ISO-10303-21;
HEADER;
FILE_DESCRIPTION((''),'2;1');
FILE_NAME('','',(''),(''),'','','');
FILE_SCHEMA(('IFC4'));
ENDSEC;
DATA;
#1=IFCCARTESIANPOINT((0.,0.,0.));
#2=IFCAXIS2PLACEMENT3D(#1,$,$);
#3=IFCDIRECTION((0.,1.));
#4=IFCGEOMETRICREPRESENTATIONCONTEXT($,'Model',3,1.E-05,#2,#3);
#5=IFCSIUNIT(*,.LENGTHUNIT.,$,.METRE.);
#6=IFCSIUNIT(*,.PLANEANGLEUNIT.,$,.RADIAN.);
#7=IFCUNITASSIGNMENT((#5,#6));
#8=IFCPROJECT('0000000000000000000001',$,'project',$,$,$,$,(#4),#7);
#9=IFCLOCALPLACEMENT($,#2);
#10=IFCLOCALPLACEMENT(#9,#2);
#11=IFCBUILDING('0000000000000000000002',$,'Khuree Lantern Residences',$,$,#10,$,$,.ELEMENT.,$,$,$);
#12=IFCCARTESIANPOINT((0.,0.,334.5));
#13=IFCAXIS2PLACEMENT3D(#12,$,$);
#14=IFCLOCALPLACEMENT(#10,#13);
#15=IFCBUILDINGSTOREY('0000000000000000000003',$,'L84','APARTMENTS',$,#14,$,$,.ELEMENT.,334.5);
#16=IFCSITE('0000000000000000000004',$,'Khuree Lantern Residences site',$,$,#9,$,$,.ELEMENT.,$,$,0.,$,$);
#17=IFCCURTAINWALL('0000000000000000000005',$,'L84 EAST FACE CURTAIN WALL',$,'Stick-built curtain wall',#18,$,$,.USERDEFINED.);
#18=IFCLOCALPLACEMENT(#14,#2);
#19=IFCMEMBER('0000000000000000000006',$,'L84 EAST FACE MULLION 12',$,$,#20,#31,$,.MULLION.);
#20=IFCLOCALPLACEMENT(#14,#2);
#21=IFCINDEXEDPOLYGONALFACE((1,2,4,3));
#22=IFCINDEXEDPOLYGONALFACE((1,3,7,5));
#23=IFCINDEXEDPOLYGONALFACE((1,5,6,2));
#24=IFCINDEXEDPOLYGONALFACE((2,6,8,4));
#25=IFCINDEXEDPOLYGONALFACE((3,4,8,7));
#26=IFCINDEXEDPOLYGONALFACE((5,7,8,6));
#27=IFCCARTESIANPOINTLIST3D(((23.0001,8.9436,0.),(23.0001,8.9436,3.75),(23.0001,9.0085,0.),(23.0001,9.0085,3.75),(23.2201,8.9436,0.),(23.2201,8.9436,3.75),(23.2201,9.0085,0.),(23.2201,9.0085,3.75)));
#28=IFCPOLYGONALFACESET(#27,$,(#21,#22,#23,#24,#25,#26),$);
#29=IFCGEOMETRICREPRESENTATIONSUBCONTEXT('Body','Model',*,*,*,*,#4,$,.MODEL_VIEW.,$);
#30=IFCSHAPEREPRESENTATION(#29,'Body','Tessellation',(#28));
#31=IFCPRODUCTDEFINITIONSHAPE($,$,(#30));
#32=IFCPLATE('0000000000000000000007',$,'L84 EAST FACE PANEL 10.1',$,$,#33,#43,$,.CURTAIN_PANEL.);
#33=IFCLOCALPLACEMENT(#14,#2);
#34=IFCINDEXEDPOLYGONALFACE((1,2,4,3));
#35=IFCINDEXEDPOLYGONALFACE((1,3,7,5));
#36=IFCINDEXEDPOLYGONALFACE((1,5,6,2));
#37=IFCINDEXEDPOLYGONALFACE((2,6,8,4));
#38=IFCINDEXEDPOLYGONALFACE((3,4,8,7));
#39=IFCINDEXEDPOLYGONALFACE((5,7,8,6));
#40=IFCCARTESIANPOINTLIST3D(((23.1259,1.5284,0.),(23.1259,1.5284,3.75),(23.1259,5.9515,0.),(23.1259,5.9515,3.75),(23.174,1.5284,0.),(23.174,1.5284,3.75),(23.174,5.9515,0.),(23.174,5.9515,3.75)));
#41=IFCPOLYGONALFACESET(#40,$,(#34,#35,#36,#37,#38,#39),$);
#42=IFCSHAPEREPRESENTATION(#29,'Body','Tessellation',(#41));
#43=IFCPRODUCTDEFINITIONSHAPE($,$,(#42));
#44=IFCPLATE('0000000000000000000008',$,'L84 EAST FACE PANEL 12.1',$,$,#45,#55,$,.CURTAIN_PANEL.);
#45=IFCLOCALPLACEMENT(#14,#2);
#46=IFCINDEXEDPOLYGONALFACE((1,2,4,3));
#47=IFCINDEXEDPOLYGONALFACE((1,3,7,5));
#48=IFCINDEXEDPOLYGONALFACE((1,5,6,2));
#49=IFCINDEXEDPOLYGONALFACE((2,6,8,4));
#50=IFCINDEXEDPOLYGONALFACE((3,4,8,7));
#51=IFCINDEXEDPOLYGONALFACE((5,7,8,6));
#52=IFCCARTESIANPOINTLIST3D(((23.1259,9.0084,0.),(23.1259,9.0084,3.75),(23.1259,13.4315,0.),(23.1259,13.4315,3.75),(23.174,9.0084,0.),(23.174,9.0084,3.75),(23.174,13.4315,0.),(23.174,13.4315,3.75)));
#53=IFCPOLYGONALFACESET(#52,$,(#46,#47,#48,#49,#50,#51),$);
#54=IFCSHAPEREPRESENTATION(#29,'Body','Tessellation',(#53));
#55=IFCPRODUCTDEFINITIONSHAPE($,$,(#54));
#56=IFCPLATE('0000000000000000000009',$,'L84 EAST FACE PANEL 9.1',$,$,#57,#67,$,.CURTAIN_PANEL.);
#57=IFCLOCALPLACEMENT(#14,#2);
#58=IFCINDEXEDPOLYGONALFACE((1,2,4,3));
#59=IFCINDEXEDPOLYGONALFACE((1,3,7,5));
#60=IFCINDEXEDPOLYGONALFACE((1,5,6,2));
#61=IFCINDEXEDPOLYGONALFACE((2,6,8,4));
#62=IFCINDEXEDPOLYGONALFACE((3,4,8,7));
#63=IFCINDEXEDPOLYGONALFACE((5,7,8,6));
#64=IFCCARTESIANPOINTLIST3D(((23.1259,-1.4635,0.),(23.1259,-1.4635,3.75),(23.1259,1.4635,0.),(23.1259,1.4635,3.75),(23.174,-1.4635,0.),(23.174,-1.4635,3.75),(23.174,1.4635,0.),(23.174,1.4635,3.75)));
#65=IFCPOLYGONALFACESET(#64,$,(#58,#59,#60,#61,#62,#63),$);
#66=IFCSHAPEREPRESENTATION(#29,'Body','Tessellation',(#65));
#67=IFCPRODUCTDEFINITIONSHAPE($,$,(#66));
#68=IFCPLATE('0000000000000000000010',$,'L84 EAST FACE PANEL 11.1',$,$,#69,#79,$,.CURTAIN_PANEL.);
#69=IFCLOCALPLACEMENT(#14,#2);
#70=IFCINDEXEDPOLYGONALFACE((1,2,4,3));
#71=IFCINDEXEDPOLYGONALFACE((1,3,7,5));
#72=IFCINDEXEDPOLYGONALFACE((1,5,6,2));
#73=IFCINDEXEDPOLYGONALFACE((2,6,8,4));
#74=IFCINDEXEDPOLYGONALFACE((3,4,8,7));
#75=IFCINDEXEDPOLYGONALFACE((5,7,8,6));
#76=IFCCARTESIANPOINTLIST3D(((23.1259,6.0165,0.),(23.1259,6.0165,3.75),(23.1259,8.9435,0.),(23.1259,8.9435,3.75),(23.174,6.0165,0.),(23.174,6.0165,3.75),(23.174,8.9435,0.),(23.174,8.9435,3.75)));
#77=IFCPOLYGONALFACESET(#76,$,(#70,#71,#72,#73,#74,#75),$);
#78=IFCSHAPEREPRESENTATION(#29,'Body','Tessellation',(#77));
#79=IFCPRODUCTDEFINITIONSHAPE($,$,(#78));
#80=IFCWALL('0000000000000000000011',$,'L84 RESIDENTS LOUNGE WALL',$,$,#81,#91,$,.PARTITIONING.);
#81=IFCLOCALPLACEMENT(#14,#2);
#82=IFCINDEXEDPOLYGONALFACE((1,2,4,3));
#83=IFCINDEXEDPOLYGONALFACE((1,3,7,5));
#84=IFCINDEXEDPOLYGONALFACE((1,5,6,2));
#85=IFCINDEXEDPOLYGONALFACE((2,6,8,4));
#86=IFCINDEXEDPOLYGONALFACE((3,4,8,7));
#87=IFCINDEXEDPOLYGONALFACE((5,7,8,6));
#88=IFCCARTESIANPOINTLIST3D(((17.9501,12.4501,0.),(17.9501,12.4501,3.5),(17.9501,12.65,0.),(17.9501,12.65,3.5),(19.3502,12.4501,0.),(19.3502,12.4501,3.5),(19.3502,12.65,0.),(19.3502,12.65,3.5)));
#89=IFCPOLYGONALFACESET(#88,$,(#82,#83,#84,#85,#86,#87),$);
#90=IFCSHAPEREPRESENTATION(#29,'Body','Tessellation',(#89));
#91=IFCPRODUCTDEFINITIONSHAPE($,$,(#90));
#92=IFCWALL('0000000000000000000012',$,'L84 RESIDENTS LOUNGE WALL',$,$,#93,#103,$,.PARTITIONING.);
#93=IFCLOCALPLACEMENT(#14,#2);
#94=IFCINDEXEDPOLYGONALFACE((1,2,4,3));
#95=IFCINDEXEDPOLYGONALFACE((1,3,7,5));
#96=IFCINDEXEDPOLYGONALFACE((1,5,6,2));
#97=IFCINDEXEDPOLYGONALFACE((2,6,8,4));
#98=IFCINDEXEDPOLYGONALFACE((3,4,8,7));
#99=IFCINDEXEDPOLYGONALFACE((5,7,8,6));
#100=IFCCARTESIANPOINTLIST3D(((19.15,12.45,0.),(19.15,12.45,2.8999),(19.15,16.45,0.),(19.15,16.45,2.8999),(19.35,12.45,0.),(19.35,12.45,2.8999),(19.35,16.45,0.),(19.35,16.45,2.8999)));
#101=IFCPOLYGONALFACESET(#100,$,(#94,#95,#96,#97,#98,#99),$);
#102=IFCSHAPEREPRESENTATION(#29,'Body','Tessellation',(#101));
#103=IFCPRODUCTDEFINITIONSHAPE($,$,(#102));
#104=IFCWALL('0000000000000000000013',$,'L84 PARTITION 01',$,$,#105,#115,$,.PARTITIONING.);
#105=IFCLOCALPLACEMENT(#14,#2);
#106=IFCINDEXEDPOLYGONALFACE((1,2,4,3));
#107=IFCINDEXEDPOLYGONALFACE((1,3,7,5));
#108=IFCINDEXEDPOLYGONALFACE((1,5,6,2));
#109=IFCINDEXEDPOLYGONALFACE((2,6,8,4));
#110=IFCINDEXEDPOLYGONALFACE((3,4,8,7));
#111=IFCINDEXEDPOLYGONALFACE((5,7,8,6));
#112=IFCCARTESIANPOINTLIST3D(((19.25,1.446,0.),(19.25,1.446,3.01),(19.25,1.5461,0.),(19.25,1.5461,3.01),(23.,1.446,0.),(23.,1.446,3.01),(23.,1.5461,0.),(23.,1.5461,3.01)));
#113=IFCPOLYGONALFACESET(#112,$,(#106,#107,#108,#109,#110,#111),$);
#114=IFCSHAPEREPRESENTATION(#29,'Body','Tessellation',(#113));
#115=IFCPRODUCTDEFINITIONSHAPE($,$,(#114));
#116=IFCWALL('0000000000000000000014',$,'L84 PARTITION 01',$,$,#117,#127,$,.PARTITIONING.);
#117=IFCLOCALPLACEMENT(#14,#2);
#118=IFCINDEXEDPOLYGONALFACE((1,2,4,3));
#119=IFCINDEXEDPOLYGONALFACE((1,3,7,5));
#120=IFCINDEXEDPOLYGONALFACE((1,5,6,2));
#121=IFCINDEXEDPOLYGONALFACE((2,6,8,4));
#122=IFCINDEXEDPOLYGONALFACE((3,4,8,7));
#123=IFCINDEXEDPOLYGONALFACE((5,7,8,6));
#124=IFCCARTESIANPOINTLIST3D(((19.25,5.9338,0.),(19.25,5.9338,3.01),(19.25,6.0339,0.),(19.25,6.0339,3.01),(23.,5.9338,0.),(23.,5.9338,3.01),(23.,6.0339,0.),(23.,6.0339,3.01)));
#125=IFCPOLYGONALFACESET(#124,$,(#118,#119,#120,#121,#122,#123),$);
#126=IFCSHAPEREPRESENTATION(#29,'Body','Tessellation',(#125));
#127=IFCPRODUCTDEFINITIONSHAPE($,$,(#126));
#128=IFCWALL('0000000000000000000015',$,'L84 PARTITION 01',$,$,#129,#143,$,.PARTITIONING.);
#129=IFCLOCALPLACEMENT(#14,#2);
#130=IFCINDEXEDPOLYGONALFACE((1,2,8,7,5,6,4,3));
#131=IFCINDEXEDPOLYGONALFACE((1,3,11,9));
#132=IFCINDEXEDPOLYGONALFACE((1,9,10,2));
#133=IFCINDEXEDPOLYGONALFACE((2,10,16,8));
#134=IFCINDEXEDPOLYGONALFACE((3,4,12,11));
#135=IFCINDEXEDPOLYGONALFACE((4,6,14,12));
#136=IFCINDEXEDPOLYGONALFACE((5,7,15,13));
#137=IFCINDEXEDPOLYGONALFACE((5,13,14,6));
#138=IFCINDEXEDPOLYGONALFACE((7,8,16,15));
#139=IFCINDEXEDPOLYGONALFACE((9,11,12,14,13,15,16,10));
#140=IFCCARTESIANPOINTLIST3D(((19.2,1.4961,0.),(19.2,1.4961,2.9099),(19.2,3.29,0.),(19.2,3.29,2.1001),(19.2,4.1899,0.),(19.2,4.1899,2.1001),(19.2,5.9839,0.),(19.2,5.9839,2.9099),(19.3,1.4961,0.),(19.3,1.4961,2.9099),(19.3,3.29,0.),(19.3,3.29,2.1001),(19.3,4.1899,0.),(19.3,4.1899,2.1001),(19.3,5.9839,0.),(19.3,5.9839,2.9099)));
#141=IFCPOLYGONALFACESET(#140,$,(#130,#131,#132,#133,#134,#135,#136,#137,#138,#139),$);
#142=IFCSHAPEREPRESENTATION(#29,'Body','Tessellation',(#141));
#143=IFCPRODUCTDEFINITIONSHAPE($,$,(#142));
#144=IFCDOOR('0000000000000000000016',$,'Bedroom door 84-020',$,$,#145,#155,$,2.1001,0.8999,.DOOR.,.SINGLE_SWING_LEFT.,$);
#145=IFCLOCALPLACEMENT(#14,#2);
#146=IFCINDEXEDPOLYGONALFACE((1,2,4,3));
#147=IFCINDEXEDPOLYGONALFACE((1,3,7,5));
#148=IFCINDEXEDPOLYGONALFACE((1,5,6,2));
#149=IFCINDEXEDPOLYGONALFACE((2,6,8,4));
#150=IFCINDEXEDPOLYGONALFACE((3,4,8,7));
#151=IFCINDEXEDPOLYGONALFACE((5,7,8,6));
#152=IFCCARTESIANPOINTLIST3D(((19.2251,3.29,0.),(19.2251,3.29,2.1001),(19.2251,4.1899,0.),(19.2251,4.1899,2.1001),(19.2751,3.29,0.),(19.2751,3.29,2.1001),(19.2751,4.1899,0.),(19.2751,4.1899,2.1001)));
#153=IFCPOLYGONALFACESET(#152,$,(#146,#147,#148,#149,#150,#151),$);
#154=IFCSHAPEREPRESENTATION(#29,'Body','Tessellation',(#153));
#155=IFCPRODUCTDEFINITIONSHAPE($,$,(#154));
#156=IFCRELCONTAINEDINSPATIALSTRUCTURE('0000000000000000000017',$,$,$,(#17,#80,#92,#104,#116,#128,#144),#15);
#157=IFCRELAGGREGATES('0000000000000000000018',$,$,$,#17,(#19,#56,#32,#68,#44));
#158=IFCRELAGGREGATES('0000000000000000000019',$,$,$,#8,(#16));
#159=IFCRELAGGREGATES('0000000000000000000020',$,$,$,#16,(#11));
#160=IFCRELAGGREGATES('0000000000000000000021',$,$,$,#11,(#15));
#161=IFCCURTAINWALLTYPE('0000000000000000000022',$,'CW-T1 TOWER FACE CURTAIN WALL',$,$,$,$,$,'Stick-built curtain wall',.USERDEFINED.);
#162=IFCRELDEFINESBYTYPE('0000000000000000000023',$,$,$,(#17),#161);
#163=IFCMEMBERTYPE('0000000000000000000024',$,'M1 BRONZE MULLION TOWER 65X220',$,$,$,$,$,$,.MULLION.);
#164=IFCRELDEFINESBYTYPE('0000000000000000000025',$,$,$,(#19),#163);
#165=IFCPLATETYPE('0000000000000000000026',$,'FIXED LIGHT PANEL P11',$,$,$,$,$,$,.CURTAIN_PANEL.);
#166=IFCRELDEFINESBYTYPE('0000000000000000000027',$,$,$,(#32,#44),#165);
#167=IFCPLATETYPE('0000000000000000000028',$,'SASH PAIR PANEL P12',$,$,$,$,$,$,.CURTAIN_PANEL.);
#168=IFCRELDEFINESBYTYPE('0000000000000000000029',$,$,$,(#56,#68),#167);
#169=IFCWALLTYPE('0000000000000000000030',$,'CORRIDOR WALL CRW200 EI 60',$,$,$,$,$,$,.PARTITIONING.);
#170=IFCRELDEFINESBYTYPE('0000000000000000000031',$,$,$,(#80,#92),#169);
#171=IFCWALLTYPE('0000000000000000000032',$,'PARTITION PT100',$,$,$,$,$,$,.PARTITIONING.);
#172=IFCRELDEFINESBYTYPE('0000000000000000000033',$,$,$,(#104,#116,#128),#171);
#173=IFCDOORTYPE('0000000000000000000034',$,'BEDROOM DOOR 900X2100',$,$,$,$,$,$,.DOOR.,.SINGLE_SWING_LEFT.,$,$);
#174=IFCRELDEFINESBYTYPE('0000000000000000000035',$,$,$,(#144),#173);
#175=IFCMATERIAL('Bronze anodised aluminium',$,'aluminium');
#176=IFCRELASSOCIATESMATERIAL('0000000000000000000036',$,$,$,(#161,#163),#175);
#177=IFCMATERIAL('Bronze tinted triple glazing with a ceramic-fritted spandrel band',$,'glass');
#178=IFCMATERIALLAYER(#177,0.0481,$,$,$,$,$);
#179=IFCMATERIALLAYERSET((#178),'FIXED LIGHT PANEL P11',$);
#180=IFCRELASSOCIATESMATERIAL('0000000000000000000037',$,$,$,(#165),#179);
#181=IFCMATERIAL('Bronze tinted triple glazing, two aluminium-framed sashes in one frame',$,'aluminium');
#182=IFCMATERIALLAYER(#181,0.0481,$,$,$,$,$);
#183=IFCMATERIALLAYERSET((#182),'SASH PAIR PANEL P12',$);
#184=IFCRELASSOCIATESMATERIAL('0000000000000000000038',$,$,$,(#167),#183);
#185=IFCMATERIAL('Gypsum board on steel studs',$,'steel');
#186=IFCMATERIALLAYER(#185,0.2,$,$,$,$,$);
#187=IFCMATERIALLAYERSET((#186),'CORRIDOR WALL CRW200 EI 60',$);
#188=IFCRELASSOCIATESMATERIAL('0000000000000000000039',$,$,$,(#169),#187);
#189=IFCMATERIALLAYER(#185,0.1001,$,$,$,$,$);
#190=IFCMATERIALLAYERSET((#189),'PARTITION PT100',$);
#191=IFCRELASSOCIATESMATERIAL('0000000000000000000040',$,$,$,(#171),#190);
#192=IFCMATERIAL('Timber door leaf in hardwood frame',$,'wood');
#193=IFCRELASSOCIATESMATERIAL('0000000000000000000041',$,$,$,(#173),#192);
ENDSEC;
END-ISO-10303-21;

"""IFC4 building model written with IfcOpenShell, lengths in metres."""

from ifc_helpers import new_model, si_unit, direction, frame, frame_2d, origin, origin_2d, place, context, subcontext, project, spatial, rectangle, extrude, material, layer, layer_set, material_profile, profile_set, type_object, element, fill, aggregate, save


model = new_model("IFC4")

# Units and contexts
model_context = context("Model", 3, precision=1e-05, world=origin(), true_north=direction((0.0, 1.0)))
body_context = subcontext(model_context, "Body", "Model", "MODEL_VIEW")
ifc_project = project(units=[si_unit("LENGTHUNIT", "METRE"), si_unit("PLANEANGLEUNIT", "RADIAN")], contexts=[model_context])

# Site, building, storey
site_placement = place(None, origin())
site = spatial("IfcSite", under=ifc_project, at=site_placement, Name="Khuree Lantern Residences site", CompositionType="ELEMENT", RefElevation=0.0)
building_placement = place(site_placement, origin())
building = spatial("IfcBuilding", under=site, at=building_placement, Name="Khuree Lantern Residences", CompositionType="ELEMENT")
storey_placement = place(building_placement, frame((0.0, 0.0, 334.5)))
storey = spatial("IfcBuildingStorey", under=building, at=storey_placement, Name="L84", Description="APARTMENTS", CompositionType="ELEMENT", Elevation=334.5)

# Curtain wall
ifc_material_1 = material(Name="Bronze anodised aluminium", Category="aluminium")
curtain_wall_type = type_object("IfcCurtainWallType", Name="CW-T1 TOWER FACE CURTAIN WALL", ElementType="Stick-built curtain wall", PredefinedType="USERDEFINED", material=ifc_material_1)
curtain_wall_placement = place(storey_placement, origin())
curtain_wall = element("IfcCurtainWall", 1, at=curtain_wall_placement, inside=storey, type_object=curtain_wall_type, Name="L84 EAST FACE CURTAIN WALL", ObjectType="Stick-built curtain wall", PredefinedType="USERDEFINED")

# Member
ifc_material_profile_1 = material_profile(ifc_material_1, rectangle(XDim=0.0649, YDim=0.22, at=origin_2d()), Name="M1 65X220")
ifc_profile_set_1 = profile_set([ifc_material_profile_1], Name="Bronze anodised aluminium")
member_type_1 = type_object("IfcMemberType", Name="M1 BRONZE MULLION TOWER 65X220", PredefinedType="MULLION", material=ifc_profile_set_1)
member_1_placement = place(storey_placement, frame((23.1101, 8.9761, 0.0), z_axis=(0.0, 0.0, 1.0), x_axis=(0.0, 1.0, 0.0)))
member_1 = element("IfcMember", 2, at=member_1_placement, type_object=member_type_1, Name="L84 EAST FACE MULLION 12", PredefinedType="MULLION", context=body_context, shape_type="SweptSolid", body=[
    extrude(rectangle(XDim=0.0649, YDim=0.22, at=origin_2d()), origin(), (0.0, 0.0, 1.0), 3.75),
])

# Plates
ifc_material_2 = material(Name="Bronze tinted triple glazing with a ceramic-fritted spandrel band", Category="glass")
ifc_layer_1 = layer(ifc_material_2, 0.0481)
ifc_layer_set_1 = layer_set([ifc_layer_1], Name="FIXED LIGHT PANEL P11")
plate_type_1 = type_object("IfcPlateType", Name="FIXED LIGHT PANEL P11", PredefinedType="CURTAIN_PANEL", material=ifc_layer_set_1)
plate_1_placement = place(storey_placement, frame((23.1499, 3.74, 0.0), z_axis=(0.0, 0.0, 1.0), x_axis=(0.0, 1.0, 0.0)))
plate_1 = element("IfcPlate", 3, at=plate_1_placement, type_object=plate_type_1, Name="L84 EAST FACE PANEL 10.1", PredefinedType="CURTAIN_PANEL", context=body_context, shape_type="SweptSolid", body=[
    extrude(rectangle(XDim=4.4231, YDim=0.0481, at=origin_2d()), origin(), (0.0, 0.0, 1.0), 3.75),
])
plate_2_placement = place(storey_placement, frame((23.1499, 11.22, 0.0), z_axis=(0.0, 0.0, 1.0), x_axis=(0.0, 1.0, 0.0)))
plate_2 = element("IfcPlate", 4, at=plate_2_placement, type_object=plate_type_1, Name="L84 EAST FACE PANEL 12.1", PredefinedType="CURTAIN_PANEL", context=body_context, shape_type="SweptSolid", body=[
    extrude(rectangle(XDim=4.4231, YDim=0.0481, at=origin_2d()), origin(), (0.0, 0.0, 1.0), 3.75),
])
ifc_material_3 = material(Name="Bronze tinted triple glazing, two aluminium-framed sashes in one frame", Category="aluminium")
ifc_layer_2 = layer(ifc_material_3, 0.0481)
ifc_layer_set_2 = layer_set([ifc_layer_2], Name="SASH PAIR PANEL P12")
plate_type_2 = type_object("IfcPlateType", Name="SASH PAIR PANEL P12", PredefinedType="CURTAIN_PANEL", material=ifc_layer_set_2)
plate_3_placement = place(storey_placement, frame((23.1499, 0.0, 0.0), z_axis=(0.0, 0.0, 1.0), x_axis=(0.0, 1.0, 0.0)))
plate_3 = element("IfcPlate", 5, at=plate_3_placement, type_object=plate_type_2, Name="L84 EAST FACE PANEL 9.1", PredefinedType="CURTAIN_PANEL", context=body_context, shape_type="SweptSolid", body=[
    extrude(rectangle(XDim=2.927, YDim=0.0481, at=origin_2d()), origin(), (0.0, 0.0, 1.0), 3.75),
])
plate_4_placement = place(storey_placement, frame((23.1499, 7.48, 0.0), z_axis=(0.0, 0.0, 1.0), x_axis=(0.0, 1.0, 0.0)))
plate_4 = element("IfcPlate", 6, at=plate_4_placement, type_object=plate_type_2, Name="L84 EAST FACE PANEL 11.1", PredefinedType="CURTAIN_PANEL", context=body_context, shape_type="SweptSolid", body=[
    extrude(rectangle(XDim=2.927, YDim=0.0481, at=origin_2d()), origin(), (0.0, 0.0, 1.0), 3.75),
])
aggregate(curtain_wall, [member_1, plate_3, plate_1, plate_4, plate_2])

# Walls
ifc_material_4 = material(Name="Gypsum board on steel studs", Category="steel")
ifc_layer_3 = layer(ifc_material_4, 0.2)
ifc_layer_set_3 = layer_set([ifc_layer_3], Name="CORRIDOR WALL CRW200 EI 60")
wall_type_1 = type_object("IfcWallType", Name="CORRIDOR WALL CRW200 EI 60", PredefinedType="PARTITIONING", material=ifc_layer_set_3)
wall_1_placement = place(storey_placement, frame((17.95, 12.55, 0.0), z_axis=(0.0, 0.0, 1.0), x_axis=(1.0, 0.0, 0.0)))
element("IfcWall", 7, at=wall_1_placement, inside=storey, type_object=wall_type_1, Name="L84 RESIDENTS LOUNGE WALL", PredefinedType="PARTITIONING", context=body_context, shape_type="SweptSolid", body=[
    extrude(rectangle(XDim=1.4001, YDim=0.2, at=frame_2d((0.7002, 0.0))), origin(), (0.0, 0.0, 1.0), 3.5),
])
wall_2_placement = place(storey_placement, frame((19.25, 12.45, 0.0), z_axis=(0.0, 0.0, 1.0), x_axis=(0.0, 1.0, 0.0)))
element("IfcWall", 8, at=wall_2_placement, inside=storey, type_object=wall_type_1, Name="L84 RESIDENTS LOUNGE WALL", PredefinedType="PARTITIONING", context=body_context, shape_type="SweptSolid", body=[
    extrude(rectangle(XDim=4.0, YDim=0.2, at=frame_2d((2.0, 0.0))), origin(), (0.0, 0.0, 1.0), 2.8999),
])
ifc_layer_4 = layer(ifc_material_4, 0.1001)
ifc_layer_set_4 = layer_set([ifc_layer_4], Name="PARTITION PT100")
wall_type_2 = type_object("IfcWallType", Name="PARTITION PT100", PredefinedType="PARTITIONING", material=ifc_layer_set_4)
for number, where, z_axis, x_axis, name in (
    (9, (19.25, 1.4961, 0.0), (0.0, 0.0, 1.0), (1.0, 0.0, 0.0), "L84 PARTITION 01"),
    (10, (19.25, 5.9839, 0.0), (0.0, 0.0, 1.0), (1.0, 0.0, 0.0), "L84 PARTITION 01"),
):
    element("IfcWall", number, at=place(storey_placement, frame(where, z_axis=z_axis, x_axis=x_axis)), inside=storey, type_object=wall_type_2, Name=name, PredefinedType="PARTITIONING", context=body_context, shape_type="SweptSolid", body=[
        extrude(rectangle(XDim=3.75, YDim=0.1001, at=frame_2d((1.875, 0.0))), origin(), (0.0, 0.0, 1.0), 3.01),
    ])

# Wall, opening, door
wall_3_placement = place(storey_placement, frame((19.25, 1.4961, 0.0), z_axis=(0.0, 0.0, 1.0), x_axis=(0.0, 1.0, 0.0)))
wall_3 = element("IfcWall", 11, at=wall_3_placement, inside=storey, type_object=wall_type_2, Name="L84 PARTITION 01", PredefinedType="PARTITIONING", context=body_context, shape_type="SweptSolid", body=[
    extrude(rectangle(XDim=4.4878, YDim=0.1001, at=frame_2d((2.2439, 0.0))), origin(), (0.0, 0.0, 1.0), 2.9099),
])
opening_placement = place(wall_3_placement, frame((1.7939, 0.0, 0.0)))
opening = element("IfcOpeningElement", 12, at=opening_placement, cuts=wall_3, PredefinedType="OPENING", context=body_context, shape_type="SweptSolid", body=[
    extrude(rectangle(XDim=0.8999, YDim=2.1001, at=frame_2d((0.45, 1.05))), frame((0.0, 0.0601, 0.0), z_axis=(0.0, -1.0, 0.0), x_axis=(1.0, 0.0, 0.0)), (0.0, 0.0, 1.0), 0.1201),
])
ifc_material_5 = material(Name="Timber door leaf in hardwood frame", Category="wood")
door_type = type_object("IfcDoorType", Name="BEDROOM DOOR 900X2100", OperationType="SINGLE_SWING_LEFT", PredefinedType="DOOR", material=ifc_material_5)
door_placement = place(opening_placement, origin())
door = element("IfcDoor", 13, at=door_placement, inside=storey, type_object=door_type, Name="Bedroom door 84-020", OperationType="SINGLE_SWING_LEFT", OverallHeight=2.1001, OverallWidth=0.8999, PredefinedType="DOOR", context=body_context, shape_type="SweptSolid", body=[
    extrude(rectangle(XDim=0.8999, YDim=2.1001, at=frame_2d((0.45, 1.05))), frame((0.0, 0.0249, 0.0), z_axis=(0.0, -1.0, 0.0), x_axis=(1.0, 0.0, 0.0)), (0.0, 0.0, 1.0), 0.05),
])
fill(opening, door)

save(model, "model.ifc")
